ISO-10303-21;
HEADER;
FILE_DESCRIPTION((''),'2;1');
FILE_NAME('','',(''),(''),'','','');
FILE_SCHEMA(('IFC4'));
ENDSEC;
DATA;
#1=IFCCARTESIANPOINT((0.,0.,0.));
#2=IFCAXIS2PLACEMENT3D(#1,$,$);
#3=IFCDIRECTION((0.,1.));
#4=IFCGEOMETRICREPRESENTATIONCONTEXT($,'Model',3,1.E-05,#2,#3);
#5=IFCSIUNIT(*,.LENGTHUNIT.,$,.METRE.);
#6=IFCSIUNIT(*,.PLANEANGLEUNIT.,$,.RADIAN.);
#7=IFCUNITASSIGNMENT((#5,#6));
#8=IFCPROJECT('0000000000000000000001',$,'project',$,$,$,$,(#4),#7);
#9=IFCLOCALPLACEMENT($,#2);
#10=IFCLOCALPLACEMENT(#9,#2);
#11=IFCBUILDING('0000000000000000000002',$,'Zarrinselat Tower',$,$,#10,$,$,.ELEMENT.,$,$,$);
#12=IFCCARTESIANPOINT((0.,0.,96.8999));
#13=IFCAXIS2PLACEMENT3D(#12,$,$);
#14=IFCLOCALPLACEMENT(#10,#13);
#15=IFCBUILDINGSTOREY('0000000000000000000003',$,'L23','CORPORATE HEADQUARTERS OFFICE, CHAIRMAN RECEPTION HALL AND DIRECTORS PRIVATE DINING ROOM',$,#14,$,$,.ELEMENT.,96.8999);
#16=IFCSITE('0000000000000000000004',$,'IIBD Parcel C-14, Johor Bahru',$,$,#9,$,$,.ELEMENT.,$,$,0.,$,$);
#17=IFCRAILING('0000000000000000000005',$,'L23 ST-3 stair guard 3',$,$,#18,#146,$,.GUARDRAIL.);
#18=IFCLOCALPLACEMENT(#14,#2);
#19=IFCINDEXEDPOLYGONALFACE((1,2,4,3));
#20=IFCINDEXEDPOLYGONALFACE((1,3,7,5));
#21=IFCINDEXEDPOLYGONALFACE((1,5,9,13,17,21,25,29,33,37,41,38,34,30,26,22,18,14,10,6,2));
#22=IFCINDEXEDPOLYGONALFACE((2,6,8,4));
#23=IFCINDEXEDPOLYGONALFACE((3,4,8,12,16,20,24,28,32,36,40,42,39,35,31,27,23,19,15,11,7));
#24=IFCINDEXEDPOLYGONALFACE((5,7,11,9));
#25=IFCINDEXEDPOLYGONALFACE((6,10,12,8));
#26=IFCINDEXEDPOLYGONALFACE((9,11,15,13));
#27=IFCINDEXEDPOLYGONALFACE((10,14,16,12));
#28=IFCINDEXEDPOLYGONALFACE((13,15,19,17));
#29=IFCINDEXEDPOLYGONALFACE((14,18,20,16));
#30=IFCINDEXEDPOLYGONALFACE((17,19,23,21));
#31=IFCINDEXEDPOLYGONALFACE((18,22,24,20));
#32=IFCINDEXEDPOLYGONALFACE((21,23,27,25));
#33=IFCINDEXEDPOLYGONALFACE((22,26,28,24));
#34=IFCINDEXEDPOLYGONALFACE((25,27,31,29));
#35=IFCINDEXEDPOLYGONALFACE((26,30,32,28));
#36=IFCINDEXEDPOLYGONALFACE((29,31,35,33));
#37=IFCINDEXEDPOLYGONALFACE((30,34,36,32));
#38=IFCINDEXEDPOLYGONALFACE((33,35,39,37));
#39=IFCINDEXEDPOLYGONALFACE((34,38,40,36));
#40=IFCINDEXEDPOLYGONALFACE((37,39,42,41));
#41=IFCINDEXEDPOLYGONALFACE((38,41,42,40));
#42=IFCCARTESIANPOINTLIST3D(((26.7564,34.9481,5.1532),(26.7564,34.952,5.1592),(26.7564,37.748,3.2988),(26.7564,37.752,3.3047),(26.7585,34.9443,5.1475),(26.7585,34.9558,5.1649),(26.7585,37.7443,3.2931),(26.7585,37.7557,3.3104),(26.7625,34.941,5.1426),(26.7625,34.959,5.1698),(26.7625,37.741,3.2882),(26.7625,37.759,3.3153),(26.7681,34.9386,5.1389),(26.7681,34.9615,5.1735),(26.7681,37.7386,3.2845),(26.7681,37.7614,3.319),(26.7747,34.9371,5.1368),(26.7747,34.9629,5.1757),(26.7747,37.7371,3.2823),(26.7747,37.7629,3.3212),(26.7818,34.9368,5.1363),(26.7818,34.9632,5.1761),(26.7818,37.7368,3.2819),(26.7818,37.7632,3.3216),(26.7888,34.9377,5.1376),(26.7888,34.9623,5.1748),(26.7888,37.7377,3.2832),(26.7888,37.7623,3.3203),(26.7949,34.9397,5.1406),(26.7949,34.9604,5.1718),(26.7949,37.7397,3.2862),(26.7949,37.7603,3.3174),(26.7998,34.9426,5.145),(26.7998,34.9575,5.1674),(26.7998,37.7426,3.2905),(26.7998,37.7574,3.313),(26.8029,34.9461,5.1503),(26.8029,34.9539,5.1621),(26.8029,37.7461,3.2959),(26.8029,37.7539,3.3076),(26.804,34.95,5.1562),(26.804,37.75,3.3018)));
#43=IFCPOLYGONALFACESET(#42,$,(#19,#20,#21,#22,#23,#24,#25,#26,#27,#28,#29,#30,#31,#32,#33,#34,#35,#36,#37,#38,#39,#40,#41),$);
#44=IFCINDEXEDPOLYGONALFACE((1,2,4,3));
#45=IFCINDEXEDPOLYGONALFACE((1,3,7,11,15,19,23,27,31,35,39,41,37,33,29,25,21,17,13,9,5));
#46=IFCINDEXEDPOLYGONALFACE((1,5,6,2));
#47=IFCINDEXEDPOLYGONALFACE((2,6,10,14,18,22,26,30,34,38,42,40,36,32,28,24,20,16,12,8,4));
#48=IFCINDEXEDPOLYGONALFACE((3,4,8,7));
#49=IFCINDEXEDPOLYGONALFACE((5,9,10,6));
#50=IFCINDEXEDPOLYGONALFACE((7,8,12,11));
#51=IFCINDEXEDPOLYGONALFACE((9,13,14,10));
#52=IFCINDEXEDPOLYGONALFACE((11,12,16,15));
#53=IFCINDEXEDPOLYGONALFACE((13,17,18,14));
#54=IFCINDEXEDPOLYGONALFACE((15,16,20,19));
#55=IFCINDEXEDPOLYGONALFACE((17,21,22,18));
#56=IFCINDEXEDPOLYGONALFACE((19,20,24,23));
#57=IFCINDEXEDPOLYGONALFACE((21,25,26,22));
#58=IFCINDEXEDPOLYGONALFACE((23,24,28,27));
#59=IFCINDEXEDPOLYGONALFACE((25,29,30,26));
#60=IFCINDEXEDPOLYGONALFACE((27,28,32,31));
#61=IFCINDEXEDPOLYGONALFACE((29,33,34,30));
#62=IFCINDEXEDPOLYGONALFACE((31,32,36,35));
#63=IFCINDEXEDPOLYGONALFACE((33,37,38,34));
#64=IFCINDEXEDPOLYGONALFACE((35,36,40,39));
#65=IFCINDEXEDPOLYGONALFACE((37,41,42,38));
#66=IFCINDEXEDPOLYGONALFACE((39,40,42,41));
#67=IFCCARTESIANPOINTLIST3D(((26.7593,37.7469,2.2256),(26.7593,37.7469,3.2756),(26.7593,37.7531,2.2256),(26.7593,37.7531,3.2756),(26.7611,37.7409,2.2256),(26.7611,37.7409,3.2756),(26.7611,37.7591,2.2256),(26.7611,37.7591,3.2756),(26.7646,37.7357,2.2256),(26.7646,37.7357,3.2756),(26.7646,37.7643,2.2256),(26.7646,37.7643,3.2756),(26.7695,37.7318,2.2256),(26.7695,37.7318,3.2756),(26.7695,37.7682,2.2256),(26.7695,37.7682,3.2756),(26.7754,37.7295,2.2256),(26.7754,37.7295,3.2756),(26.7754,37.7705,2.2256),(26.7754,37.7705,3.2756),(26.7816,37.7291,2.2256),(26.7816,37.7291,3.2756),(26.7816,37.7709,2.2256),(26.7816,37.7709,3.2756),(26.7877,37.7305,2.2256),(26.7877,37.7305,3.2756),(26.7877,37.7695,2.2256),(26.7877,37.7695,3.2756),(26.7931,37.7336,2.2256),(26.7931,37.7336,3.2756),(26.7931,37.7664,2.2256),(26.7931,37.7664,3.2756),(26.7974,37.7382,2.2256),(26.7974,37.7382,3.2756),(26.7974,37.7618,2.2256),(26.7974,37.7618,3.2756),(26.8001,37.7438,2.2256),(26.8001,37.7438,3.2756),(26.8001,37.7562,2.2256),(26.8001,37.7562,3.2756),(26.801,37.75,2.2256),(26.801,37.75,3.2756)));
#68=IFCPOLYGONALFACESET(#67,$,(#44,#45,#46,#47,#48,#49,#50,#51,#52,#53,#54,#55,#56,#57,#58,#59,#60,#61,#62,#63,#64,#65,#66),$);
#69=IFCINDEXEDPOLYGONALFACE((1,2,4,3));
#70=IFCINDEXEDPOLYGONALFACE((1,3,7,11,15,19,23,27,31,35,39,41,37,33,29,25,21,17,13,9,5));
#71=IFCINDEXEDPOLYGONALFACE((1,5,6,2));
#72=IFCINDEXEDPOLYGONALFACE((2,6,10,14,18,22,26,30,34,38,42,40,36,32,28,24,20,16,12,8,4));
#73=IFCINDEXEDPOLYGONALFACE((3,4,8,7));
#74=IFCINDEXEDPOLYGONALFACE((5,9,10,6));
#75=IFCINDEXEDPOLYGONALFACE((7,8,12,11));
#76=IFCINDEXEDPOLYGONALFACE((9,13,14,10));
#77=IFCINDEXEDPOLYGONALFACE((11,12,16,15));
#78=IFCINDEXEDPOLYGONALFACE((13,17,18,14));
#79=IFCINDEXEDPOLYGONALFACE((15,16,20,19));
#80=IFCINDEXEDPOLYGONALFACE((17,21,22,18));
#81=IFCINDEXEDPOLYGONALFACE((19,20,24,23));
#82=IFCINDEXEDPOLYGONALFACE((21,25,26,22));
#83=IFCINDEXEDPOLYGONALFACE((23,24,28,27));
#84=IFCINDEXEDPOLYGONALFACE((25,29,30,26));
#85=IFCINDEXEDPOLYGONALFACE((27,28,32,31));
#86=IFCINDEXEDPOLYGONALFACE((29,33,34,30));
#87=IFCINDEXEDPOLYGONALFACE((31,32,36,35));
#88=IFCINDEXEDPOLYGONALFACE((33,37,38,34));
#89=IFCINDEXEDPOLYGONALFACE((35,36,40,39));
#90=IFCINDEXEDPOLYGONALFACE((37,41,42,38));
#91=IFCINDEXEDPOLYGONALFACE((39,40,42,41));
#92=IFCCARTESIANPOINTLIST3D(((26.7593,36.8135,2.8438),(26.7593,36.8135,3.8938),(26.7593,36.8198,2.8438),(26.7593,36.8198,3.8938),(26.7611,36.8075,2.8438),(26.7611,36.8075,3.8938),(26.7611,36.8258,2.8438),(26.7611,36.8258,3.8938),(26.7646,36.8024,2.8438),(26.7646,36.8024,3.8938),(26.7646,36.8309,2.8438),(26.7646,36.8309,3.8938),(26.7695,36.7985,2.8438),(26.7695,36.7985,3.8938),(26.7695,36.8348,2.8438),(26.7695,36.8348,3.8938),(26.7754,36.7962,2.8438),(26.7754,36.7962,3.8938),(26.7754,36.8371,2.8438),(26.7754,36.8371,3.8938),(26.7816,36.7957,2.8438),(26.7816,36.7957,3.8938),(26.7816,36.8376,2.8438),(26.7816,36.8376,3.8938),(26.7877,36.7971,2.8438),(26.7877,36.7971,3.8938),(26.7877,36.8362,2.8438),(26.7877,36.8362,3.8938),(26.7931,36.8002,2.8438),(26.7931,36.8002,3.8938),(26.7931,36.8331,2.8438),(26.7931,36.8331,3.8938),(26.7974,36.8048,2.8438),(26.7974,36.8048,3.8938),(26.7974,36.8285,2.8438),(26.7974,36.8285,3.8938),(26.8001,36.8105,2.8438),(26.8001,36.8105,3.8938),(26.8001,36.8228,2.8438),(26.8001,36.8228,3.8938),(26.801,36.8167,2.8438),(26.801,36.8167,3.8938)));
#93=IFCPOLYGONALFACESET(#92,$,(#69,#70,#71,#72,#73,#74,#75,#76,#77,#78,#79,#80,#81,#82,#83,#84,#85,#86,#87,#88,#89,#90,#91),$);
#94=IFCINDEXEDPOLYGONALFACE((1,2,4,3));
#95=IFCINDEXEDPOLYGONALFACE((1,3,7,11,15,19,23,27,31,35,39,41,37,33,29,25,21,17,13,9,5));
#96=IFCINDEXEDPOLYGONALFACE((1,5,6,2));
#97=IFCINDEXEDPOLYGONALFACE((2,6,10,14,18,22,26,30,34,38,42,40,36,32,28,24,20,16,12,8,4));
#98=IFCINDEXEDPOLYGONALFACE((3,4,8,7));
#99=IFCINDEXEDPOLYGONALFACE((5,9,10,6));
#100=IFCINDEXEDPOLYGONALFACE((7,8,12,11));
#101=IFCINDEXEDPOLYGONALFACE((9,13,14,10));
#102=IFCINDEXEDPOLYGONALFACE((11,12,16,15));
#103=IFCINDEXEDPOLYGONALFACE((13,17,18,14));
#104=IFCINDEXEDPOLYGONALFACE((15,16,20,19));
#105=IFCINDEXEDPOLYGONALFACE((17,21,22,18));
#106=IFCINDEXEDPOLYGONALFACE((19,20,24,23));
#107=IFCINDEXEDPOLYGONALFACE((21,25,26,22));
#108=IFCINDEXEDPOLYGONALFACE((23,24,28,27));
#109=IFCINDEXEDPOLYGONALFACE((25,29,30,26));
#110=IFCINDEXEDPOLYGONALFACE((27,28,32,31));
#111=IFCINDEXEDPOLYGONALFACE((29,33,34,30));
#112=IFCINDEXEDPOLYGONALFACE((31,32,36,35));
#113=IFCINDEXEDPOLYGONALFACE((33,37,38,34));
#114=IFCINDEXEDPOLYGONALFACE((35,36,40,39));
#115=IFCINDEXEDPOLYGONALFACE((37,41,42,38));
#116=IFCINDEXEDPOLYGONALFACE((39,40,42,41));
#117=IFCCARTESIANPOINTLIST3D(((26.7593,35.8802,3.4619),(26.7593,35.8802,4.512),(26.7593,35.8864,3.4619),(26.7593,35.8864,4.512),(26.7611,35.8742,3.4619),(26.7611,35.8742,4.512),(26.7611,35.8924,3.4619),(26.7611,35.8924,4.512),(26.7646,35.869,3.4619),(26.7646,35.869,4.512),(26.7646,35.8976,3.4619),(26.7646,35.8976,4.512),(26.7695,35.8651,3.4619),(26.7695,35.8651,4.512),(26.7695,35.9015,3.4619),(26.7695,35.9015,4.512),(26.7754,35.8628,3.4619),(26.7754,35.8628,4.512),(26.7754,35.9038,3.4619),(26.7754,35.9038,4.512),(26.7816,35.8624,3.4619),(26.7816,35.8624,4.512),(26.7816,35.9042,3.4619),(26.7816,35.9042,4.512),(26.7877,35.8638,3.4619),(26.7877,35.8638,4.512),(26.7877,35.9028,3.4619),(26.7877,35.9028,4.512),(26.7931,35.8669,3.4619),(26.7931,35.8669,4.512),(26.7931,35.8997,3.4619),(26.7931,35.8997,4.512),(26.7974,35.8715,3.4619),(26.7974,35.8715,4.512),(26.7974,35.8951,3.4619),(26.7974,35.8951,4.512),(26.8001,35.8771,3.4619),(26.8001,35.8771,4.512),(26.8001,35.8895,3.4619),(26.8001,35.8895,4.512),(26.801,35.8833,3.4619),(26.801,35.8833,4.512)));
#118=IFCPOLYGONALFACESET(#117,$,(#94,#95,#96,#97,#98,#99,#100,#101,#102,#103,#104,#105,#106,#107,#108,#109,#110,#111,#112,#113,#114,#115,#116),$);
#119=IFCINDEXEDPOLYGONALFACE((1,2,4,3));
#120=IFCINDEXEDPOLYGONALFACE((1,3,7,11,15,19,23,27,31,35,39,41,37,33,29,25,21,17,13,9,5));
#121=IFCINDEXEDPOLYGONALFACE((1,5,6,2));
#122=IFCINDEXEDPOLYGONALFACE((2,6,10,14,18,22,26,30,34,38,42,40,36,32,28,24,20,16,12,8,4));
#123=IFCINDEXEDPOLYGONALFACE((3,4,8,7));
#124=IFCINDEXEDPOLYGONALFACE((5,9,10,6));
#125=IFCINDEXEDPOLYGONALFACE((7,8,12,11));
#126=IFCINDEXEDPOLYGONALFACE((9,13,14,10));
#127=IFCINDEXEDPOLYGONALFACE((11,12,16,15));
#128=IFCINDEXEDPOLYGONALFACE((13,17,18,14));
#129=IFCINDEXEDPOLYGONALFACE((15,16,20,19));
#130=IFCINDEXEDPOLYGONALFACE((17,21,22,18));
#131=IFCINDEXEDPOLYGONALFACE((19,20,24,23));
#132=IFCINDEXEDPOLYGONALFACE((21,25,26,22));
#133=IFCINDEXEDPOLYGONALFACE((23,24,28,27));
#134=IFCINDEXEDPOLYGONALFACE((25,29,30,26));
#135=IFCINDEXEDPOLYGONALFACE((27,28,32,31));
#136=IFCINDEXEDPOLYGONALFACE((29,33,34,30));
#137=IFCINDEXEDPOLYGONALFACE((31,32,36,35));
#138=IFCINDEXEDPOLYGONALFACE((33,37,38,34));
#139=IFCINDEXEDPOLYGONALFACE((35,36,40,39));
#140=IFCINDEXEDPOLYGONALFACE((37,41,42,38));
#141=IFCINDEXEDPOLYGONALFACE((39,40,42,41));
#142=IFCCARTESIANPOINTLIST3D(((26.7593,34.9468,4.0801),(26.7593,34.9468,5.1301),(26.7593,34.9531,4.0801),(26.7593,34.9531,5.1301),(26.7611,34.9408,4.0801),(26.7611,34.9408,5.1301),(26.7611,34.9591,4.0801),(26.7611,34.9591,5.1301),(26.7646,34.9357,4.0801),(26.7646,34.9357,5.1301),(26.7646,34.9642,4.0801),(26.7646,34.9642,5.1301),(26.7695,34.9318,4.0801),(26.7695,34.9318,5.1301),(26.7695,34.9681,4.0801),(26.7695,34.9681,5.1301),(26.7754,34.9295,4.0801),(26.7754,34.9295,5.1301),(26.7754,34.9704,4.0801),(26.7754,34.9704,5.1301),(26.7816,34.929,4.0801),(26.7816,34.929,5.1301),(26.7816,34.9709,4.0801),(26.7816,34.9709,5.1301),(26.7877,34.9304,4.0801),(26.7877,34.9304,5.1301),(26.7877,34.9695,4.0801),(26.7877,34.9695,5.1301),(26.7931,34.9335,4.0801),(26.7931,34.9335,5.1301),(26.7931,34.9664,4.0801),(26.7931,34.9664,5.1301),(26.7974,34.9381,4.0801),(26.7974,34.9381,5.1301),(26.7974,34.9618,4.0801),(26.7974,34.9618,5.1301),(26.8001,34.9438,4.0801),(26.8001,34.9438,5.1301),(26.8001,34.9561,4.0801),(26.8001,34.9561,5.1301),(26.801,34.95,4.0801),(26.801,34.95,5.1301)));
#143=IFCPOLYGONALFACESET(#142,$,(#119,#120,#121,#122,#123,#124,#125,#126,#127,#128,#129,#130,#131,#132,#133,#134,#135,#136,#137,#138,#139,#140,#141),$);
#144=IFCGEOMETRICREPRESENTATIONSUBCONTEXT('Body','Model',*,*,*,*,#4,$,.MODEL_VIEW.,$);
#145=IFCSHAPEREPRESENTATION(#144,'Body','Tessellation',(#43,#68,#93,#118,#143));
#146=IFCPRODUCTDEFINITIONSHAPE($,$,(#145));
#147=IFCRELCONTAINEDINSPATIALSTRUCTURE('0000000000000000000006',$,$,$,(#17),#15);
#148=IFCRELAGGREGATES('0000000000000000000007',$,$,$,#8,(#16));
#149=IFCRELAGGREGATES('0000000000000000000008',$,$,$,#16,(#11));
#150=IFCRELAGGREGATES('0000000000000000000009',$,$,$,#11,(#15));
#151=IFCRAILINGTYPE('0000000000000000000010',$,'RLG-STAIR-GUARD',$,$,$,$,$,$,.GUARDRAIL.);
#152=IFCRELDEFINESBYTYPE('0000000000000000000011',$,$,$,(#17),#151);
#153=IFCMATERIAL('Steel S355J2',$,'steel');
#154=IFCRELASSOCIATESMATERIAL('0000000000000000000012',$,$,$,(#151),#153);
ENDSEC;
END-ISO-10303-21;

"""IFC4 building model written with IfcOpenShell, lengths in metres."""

from ifc_helpers import new_model, si_unit, direction, frame, origin, origin_2d, place, context, subcontext, project, spatial, circle, extrude, material, type_object, element, save


model = new_model("IFC4")

# Units and contexts
model_context = context("Model", 3, precision=1e-05, world=origin(), true_north=direction((0.0, 1.0)))
body_context = subcontext(model_context, "Body", "Model", "MODEL_VIEW")
ifc_project = project(units=[si_unit("LENGTHUNIT", "METRE"), si_unit("PLANEANGLEUNIT", "RADIAN")], contexts=[model_context])

# Site, building, storey
site_placement = place(None, origin())
site = spatial("IfcSite", under=ifc_project, at=site_placement, Name="IIBD Parcel C-14, Johor Bahru", CompositionType="ELEMENT", RefElevation=0.0)
building_placement = place(site_placement, origin())
building = spatial("IfcBuilding", under=site, at=building_placement, Name="Zarrinselat Tower", CompositionType="ELEMENT")
storey_placement = place(building_placement, frame((0.0, 0.0, 96.8999)))
storey = spatial("IfcBuildingStorey", under=building, at=storey_placement, Name="L23", Description="CORPORATE HEADQUARTERS OFFICE, CHAIRMAN RECEPTION HALL AND DIRECTORS PRIVATE DINING ROOM", CompositionType="ELEMENT", Elevation=96.8999)

# Railing
ifc_material_1 = material(Name="Steel S355J2", Category="steel")
railing_type_1 = type_object("IfcRailingType", Name="RLG-STAIR-GUARD", PredefinedType="GUARDRAIL", material=ifc_material_1)
railing_1_placement = place(storey_placement, frame((26.78, 37.75, 2.2256)))
element("IfcRailing", 1, at=railing_1_placement, inside=storey, type_object=railing_type_1, Name="L23 ST-3 stair guard 3", PredefinedType="GUARDRAIL", context=body_context, shape_type="SweptSolid", body=[
    extrude(circle(Radius=0.0239, at=origin_2d()), frame((0.0, 0.0, 1.0762), z_axis=(0.0, -0.833724, 0.552181), x_axis=(1.0, 0.0, 0.0)), (0.0, 0.0, 1.0), 3.3584),
    extrude(circle(Radius=0.021, at=origin_2d()), origin(), (0.0, 0.0, 1.0), 1.05),
    extrude(circle(Radius=0.021, at=origin_2d()), frame((0.0, -0.9333, 0.6182)), (0.0, 0.0, 1.0), 1.05),
    extrude(circle(Radius=0.021, at=origin_2d()), frame((0.0, -1.8667, 1.2363)), (0.0, 0.0, 1.0), 1.05),
    extrude(circle(Radius=0.021, at=origin_2d()), frame((0.0, -2.8, 1.8545)), (0.0, 0.0, 1.0), 1.05),
])

save(model, "model.ifc")
